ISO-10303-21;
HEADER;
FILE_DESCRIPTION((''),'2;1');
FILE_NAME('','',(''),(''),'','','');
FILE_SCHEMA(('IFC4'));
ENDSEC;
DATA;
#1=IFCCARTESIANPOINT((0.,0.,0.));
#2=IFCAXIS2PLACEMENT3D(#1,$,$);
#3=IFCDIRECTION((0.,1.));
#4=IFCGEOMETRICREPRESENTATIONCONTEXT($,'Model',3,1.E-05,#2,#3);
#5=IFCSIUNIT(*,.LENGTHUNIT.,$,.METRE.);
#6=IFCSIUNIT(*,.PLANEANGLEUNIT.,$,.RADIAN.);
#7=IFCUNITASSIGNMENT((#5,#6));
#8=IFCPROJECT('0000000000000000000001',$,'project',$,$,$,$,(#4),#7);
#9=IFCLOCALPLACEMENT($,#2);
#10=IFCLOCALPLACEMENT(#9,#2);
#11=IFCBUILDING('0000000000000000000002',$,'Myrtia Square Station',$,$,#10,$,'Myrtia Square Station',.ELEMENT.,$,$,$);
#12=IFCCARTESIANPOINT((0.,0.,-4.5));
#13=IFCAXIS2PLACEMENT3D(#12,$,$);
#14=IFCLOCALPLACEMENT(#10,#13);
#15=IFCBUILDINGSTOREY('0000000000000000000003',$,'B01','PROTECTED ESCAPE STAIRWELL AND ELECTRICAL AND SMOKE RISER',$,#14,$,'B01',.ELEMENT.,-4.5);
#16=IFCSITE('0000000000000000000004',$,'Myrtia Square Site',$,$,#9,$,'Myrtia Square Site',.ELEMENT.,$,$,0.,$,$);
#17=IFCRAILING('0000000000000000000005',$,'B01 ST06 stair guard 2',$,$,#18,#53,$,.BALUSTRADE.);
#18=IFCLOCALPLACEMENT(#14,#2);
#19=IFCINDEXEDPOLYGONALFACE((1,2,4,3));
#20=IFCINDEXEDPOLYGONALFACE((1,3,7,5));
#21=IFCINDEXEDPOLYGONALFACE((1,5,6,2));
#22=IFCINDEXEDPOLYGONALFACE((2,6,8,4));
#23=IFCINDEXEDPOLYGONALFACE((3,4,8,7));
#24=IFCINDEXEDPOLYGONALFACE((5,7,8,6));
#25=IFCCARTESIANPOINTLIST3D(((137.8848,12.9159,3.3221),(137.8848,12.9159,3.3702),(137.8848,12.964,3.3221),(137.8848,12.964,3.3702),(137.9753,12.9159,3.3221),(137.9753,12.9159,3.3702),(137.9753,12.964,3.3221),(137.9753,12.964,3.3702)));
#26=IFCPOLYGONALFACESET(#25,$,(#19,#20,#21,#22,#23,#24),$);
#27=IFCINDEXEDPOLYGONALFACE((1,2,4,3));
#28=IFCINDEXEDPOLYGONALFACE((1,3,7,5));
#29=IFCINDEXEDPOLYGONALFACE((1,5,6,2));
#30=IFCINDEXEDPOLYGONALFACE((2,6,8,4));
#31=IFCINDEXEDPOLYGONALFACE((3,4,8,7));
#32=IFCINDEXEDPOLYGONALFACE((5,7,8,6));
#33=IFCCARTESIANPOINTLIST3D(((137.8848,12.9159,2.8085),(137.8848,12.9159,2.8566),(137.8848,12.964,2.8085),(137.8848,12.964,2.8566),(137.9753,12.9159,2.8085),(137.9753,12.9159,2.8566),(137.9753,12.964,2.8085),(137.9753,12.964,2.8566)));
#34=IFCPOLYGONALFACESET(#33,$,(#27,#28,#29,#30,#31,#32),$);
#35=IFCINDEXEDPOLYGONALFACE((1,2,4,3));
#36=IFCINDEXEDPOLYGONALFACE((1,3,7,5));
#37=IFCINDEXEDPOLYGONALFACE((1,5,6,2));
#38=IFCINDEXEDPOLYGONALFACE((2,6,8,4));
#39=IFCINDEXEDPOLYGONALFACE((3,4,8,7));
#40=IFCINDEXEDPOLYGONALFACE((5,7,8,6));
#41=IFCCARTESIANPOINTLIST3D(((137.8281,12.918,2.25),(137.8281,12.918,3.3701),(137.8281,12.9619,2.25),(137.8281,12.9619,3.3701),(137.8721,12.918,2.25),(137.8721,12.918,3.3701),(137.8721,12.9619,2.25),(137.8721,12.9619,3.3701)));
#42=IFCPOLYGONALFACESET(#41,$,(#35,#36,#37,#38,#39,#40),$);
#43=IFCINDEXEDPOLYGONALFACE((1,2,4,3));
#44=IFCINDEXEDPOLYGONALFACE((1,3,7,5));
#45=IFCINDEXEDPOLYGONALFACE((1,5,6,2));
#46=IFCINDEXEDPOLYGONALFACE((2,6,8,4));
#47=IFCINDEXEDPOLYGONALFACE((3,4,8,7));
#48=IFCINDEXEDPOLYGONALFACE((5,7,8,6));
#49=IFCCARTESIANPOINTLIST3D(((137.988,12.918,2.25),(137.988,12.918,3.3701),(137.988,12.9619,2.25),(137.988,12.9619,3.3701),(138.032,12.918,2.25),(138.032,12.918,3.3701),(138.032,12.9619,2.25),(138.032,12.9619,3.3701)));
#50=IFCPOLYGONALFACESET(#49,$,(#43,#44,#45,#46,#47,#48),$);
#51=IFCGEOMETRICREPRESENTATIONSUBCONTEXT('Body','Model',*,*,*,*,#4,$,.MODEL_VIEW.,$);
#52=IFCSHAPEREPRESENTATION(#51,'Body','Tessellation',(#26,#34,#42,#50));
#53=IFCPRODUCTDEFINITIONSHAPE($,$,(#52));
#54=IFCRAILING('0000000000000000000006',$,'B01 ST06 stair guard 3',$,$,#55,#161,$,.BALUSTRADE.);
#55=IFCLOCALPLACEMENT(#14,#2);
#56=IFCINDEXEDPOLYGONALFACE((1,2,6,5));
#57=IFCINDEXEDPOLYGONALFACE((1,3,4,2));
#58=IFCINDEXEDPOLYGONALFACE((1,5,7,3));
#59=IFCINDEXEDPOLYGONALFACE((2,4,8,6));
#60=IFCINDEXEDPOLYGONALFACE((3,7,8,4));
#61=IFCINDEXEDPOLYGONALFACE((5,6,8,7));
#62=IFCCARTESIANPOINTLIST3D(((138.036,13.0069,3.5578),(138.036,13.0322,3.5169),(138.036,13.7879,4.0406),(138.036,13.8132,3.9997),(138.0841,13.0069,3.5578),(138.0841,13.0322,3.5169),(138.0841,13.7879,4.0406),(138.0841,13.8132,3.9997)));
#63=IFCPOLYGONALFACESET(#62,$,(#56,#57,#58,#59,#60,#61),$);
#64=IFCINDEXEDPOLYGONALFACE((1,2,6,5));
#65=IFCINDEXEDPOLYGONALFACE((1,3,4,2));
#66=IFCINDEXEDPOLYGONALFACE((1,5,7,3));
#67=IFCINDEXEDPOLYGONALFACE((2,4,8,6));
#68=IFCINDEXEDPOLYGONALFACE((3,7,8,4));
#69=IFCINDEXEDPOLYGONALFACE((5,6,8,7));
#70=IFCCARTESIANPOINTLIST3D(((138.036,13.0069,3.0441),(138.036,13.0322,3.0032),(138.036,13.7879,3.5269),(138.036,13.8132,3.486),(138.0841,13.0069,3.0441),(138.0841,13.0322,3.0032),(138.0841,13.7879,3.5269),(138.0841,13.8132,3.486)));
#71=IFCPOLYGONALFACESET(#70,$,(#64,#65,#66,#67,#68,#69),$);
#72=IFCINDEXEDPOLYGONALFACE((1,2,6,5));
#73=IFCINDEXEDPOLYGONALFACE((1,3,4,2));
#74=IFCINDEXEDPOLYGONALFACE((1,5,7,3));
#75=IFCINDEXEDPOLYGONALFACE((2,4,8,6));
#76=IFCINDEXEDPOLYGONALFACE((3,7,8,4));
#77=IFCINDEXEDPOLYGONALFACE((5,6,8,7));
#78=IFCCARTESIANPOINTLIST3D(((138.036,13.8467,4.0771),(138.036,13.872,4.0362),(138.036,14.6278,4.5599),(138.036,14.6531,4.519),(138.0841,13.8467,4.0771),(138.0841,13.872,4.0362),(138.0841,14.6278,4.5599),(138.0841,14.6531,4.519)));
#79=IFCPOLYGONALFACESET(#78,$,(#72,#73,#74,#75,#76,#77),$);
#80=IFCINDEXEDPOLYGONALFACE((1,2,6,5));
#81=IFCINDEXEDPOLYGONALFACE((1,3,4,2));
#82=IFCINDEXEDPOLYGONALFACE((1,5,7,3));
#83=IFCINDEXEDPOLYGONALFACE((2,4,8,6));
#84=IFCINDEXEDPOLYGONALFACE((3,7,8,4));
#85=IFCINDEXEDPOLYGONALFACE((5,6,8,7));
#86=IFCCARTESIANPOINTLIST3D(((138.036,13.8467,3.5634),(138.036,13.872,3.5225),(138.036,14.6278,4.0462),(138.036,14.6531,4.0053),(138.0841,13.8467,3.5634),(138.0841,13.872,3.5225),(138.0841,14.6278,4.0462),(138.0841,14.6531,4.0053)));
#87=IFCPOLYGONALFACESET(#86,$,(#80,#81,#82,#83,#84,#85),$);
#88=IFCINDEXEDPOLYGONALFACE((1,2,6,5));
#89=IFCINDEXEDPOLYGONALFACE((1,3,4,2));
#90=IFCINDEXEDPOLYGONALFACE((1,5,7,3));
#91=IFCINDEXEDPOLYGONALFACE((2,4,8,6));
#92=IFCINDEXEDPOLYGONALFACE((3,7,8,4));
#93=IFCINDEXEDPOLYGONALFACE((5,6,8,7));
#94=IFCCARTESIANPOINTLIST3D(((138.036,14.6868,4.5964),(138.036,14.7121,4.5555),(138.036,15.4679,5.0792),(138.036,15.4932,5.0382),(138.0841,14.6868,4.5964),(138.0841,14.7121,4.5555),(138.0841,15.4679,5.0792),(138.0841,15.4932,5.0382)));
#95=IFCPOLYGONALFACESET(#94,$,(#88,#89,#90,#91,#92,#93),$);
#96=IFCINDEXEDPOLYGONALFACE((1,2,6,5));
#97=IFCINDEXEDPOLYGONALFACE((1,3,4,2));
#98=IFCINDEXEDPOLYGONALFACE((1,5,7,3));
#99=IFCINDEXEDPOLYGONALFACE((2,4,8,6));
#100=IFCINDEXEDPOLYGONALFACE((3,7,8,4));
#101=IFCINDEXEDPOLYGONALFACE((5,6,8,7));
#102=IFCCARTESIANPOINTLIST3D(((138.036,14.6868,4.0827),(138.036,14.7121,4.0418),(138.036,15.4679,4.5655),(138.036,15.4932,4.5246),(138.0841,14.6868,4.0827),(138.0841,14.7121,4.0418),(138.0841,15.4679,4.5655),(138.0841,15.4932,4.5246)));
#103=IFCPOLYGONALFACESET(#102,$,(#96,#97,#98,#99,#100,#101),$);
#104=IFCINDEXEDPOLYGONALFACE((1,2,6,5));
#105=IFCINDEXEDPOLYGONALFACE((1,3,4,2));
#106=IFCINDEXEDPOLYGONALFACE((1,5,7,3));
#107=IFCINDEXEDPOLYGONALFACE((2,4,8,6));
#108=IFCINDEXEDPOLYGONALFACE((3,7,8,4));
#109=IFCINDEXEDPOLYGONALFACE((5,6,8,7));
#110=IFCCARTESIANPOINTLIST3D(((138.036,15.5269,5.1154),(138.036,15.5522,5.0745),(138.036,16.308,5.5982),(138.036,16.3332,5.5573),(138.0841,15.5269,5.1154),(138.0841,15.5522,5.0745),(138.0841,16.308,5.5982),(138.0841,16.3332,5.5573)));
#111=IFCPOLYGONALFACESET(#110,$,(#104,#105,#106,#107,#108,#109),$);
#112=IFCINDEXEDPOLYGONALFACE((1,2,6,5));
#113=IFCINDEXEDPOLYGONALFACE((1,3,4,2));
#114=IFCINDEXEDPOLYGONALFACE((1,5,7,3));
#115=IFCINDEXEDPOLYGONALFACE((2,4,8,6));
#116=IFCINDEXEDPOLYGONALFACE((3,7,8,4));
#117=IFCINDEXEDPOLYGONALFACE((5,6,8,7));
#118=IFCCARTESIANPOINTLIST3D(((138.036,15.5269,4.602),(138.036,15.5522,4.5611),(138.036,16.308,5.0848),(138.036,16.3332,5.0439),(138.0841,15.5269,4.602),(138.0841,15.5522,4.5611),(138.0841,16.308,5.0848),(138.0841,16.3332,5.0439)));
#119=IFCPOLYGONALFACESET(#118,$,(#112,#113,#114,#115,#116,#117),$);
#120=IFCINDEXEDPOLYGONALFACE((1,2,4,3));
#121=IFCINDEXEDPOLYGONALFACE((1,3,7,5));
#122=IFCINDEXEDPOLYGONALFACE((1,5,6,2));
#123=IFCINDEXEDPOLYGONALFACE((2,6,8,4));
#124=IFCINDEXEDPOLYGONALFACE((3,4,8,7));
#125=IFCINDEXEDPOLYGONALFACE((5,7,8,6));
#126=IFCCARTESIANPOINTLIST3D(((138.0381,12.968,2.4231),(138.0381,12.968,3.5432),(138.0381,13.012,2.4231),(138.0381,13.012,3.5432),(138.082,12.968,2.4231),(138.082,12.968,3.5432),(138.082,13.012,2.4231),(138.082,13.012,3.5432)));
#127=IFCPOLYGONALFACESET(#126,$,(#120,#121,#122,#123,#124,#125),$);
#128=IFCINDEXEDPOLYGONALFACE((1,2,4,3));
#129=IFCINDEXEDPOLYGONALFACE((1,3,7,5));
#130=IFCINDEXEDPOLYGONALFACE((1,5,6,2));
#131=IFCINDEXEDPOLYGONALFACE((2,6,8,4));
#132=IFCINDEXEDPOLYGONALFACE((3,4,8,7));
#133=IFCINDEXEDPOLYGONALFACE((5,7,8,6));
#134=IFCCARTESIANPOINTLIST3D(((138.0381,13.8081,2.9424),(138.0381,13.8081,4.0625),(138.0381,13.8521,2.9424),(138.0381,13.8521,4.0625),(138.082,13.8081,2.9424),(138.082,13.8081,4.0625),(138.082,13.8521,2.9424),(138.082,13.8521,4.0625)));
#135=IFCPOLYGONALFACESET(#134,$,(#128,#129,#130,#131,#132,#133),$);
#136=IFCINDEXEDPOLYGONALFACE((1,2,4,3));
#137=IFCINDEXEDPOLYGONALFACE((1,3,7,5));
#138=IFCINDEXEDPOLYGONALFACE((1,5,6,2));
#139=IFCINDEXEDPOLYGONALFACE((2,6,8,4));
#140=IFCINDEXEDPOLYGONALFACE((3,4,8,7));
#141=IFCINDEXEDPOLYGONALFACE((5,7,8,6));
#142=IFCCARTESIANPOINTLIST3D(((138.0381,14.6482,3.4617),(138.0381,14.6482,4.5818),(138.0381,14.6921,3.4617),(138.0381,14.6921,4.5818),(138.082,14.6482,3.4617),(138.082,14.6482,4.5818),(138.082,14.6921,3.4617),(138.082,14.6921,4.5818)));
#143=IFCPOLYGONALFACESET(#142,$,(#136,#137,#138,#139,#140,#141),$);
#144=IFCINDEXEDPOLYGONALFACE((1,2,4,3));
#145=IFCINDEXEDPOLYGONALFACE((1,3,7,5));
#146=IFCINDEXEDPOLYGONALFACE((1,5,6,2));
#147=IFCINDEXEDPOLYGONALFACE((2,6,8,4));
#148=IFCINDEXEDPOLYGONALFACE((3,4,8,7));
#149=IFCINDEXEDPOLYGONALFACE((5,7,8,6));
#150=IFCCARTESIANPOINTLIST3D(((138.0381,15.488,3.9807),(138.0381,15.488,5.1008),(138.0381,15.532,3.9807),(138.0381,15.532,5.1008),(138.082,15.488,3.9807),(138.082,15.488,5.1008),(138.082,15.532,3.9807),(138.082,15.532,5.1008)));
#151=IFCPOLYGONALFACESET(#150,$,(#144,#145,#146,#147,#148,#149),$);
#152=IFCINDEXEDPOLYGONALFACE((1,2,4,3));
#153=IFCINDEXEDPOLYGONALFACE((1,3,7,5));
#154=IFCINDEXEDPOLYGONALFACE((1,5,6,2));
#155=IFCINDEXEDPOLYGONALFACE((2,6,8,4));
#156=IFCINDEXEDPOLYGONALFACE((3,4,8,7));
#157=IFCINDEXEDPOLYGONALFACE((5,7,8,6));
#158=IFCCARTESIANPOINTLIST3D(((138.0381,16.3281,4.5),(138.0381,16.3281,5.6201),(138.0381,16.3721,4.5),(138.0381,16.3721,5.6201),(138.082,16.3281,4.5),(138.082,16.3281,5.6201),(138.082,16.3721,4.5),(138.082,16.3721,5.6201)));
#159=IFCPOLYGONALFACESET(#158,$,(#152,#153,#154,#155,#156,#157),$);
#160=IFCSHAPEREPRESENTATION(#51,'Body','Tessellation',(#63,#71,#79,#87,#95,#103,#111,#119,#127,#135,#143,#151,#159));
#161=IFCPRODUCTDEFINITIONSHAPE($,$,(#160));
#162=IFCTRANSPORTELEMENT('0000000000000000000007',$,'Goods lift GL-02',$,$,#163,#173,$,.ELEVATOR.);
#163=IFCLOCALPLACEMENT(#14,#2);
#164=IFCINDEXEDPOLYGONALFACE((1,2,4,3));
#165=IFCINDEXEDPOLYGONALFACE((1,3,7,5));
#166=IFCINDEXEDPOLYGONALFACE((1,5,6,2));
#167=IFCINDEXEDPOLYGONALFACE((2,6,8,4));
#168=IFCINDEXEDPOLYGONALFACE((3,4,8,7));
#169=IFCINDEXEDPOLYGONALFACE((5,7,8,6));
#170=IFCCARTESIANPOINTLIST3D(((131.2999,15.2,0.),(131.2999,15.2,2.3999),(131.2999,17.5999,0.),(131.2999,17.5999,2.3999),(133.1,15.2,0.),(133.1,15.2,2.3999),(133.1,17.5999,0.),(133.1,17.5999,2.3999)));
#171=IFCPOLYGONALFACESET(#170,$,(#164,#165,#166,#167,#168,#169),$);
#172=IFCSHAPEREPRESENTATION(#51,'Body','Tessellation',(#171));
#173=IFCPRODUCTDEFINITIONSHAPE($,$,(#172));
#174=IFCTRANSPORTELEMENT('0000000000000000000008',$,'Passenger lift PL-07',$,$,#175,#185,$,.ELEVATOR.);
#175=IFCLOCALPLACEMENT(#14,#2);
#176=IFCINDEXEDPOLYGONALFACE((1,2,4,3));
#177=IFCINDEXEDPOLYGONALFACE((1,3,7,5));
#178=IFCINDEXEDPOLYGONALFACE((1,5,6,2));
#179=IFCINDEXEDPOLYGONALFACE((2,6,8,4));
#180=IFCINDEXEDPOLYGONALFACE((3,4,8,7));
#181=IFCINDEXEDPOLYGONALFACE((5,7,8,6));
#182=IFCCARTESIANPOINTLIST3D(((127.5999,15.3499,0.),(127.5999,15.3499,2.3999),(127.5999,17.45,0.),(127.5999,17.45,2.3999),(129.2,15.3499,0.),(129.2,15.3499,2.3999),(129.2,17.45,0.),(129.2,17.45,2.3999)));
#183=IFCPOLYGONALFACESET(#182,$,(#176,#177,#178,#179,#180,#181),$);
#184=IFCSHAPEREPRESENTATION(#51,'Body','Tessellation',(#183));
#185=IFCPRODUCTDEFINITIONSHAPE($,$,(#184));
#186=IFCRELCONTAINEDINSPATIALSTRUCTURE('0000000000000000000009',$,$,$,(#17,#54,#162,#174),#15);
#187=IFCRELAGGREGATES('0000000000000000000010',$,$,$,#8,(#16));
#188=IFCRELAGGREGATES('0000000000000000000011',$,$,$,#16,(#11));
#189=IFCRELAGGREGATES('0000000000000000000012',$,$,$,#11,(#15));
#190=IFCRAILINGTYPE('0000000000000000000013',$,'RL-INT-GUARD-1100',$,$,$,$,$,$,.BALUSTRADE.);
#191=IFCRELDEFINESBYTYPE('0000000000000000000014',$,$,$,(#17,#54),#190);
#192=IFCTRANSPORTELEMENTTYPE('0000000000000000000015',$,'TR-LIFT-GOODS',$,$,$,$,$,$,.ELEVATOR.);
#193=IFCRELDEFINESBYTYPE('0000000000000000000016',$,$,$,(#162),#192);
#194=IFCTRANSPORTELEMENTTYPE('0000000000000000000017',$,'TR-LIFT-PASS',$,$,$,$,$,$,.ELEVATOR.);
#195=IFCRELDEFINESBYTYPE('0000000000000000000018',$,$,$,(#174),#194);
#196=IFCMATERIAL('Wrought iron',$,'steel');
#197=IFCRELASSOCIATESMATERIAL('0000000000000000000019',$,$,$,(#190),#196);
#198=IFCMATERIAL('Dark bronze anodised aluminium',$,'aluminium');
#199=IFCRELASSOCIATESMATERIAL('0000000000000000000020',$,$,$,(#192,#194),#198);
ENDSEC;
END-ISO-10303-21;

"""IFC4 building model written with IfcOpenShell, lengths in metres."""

from ifc_helpers import new_model, si_unit, direction, frame, origin, origin_2d, place, context, subcontext, project, spatial, rectangle, extrude, material, type_object, element, save


model = new_model("IFC4")

# Units and contexts
model_context = context("Model", 3, precision=1e-05, world=origin(), true_north=direction((0.0, 1.0)))
body_context = subcontext(model_context, "Body", "Model", "MODEL_VIEW")
ifc_project = project(units=[si_unit("LENGTHUNIT", "METRE"), si_unit("PLANEANGLEUNIT", "RADIAN")], contexts=[model_context])

# Site, building, storey
site_placement = place(None, origin())
site = spatial("IfcSite", under=ifc_project, at=site_placement, Name="Myrtia Square Site", LongName="Myrtia Square Site", CompositionType="ELEMENT", RefElevation=0.0)
building_placement = place(site_placement, origin())
building = spatial("IfcBuilding", under=site, at=building_placement, Name="Myrtia Square Station", LongName="Myrtia Square Station", CompositionType="ELEMENT")
storey_placement = place(building_placement, frame((0.0, 0.0, -4.5)))
storey = spatial("IfcBuildingStorey", under=building, at=storey_placement, Name="B01", Description="PROTECTED ESCAPE STAIRWELL AND ELECTRICAL AND SMOKE RISER", LongName="B01", CompositionType="ELEMENT", Elevation=-4.5)

# Railings
ifc_material_1 = material(Name="Dark bronze anodised aluminium", Category="aluminium")
ifc_material_2 = material(Name="Wrought iron", Category="steel")
railing_type_1 = type_object("IfcRailingType", Name="RL-INT-GUARD-1100", PredefinedType="BALUSTRADE", material=ifc_material_2)
railing_1_placement = place(storey_placement, frame((137.8501, 12.9399, 2.25)))
element("IfcRailing", 1, at=railing_1_placement, inside=storey, type_object=railing_type_1, Name="B01 ST06 stair guard 2", PredefinedType="BALUSTRADE", context=body_context, shape_type="SweptSolid", body=[
    extrude(rectangle(XDim=0.0481, YDim=0.0481, at=origin_2d()), frame((0.0347, 0.0, 1.0962), z_axis=(1.0, 0.0, 0.0), x_axis=(0.0, 1.0, 0.0)), (0.0, 0.0, 1.0), 0.0906),
    extrude(rectangle(XDim=0.0481, YDim=0.0481, at=origin_2d()), frame((0.0347, 0.0, 0.5825), z_axis=(1.0, 0.0, 0.0), x_axis=(0.0, 1.0, 0.0)), (0.0, 0.0, 1.0), 0.0906),
    extrude(rectangle(XDim=0.0439, YDim=0.0439, at=origin_2d()), origin(), (0.0, 0.0, 1.0), 1.1201),
    extrude(rectangle(XDim=0.0439, YDim=0.0439, at=origin_2d()), frame((0.1599, 0.0, 0.0)), (0.0, 0.0, 1.0), 1.1201),
])
railing_2_placement = place(storey_placement, frame((138.0601, 12.99, 2.4231)))
element("IfcRailing", 2, at=railing_2_placement, inside=storey, type_object=railing_type_1, Name="B01 ST06 stair guard 3", PredefinedType="BALUSTRADE", context=body_context, shape_type="SweptSolid", body=[
    extrude(rectangle(XDim=0.0481, YDim=0.0481, at=origin_2d()), frame((0.0, 0.0295, 1.1143), z_axis=(0.0, 0.850623, 0.525776), x_axis=(-1.0, 0.0, 0.0)), (0.0, 0.0, 1.0), 0.9182),
    extrude(rectangle(XDim=0.0481, YDim=0.0481, at=origin_2d()), frame((0.0, 0.0295, 0.6006), z_axis=(0.0, 0.850623, 0.525776), x_axis=(-1.0, 0.0, 0.0)), (0.0, 0.0, 1.0), 0.9182),
    extrude(rectangle(XDim=0.0481, YDim=0.0481, at=origin_2d()), frame((0.0, 0.8694, 1.6335), z_axis=(0.0, 0.850623, 0.525776), x_axis=(-1.0, 0.0, 0.0)), (0.0, 0.0, 1.0), 0.9182),
    extrude(rectangle(XDim=0.0481, YDim=0.0481, at=origin_2d()), frame((0.0, 0.8694, 1.1199), z_axis=(0.0, 0.850623, 0.525776), x_axis=(-1.0, 0.0, 0.0)), (0.0, 0.0, 1.0), 0.9182),
    extrude(rectangle(XDim=0.0481, YDim=0.0481, at=origin_2d()), frame((0.0, 1.7095, 2.1528), z_axis=(0.0, 0.850623, 0.525776), x_axis=(-1.0, 0.0, 0.0)), (0.0, 0.0, 1.0), 0.9182),
    extrude(rectangle(XDim=0.0481, YDim=0.0481, at=origin_2d()), frame((0.0, 1.7095, 1.6392), z_axis=(0.0, 0.850623, 0.525776), x_axis=(-1.0, 0.0, 0.0)), (0.0, 0.0, 1.0), 0.9182),
    extrude(rectangle(XDim=0.0481, YDim=0.0481, at=origin_2d()), frame((0.0, 2.5496, 2.6719), z_axis=(0.0, 0.850623, 0.525776), x_axis=(-1.0, 0.0, 0.0)), (0.0, 0.0, 1.0), 0.9182),
    extrude(rectangle(XDim=0.0481, YDim=0.0481, at=origin_2d()), frame((0.0, 2.5496, 2.1584), z_axis=(0.0, 0.850623, 0.525776), x_axis=(-1.0, 0.0, 0.0)), (0.0, 0.0, 1.0), 0.9182),
    extrude(rectangle(XDim=0.0439, YDim=0.0439, at=origin_2d()), origin(), (0.0, 0.0, 1.0), 1.1201),
    extrude(rectangle(XDim=0.0439, YDim=0.0439, at=origin_2d()), frame((0.0, 0.8401, 0.5193)), (0.0, 0.0, 1.0), 1.1201),
    extrude(rectangle(XDim=0.0439, YDim=0.0439, at=origin_2d()), frame((0.0, 1.6802, 1.0386)), (0.0, 0.0, 1.0), 1.1201),
    extrude(rectangle(XDim=0.0439, YDim=0.0439, at=origin_2d()), frame((0.0, 2.52, 1.5576)), (0.0, 0.0, 1.0), 1.1201),
    extrude(rectangle(XDim=0.0439, YDim=0.0439, at=origin_2d()), frame((0.0, 3.3601, 2.0769)), (0.0, 0.0, 1.0), 1.1201),
])

# Transport elements
transport_element_type_1 = type_object("IfcTransportElementType", Name="TR-LIFT-GOODS", PredefinedType="ELEVATOR", material=ifc_material_1)
transport_element_1_placement = place(storey_placement, frame((132.2, 16.3999, 0.0), z_axis=(0.0, 0.0, 1.0), x_axis=(1.0, 0.0, 0.0)))
element("IfcTransportElement", 3, at=transport_element_1_placement, inside=storey, type_object=transport_element_type_1, Name="Goods lift GL-02", PredefinedType="ELEVATOR", context=body_context, shape_type="SweptSolid", body=[
    extrude(rectangle(XDim=1.8, YDim=2.3999, at=origin_2d()), origin(), (0.0, 0.0, 1.0), 2.3999),
])
transport_element_type_2 = type_object("IfcTransportElementType", Name="TR-LIFT-PASS", PredefinedType="ELEVATOR", material=ifc_material_1)
transport_element_2_placement = place(storey_placement, frame((128.3999, 16.3999, 0.0), z_axis=(0.0, 0.0, 1.0), x_axis=(1.0, 0.0, 0.0)))
element("IfcTransportElement", 4, at=transport_element_2_placement, inside=storey, type_object=transport_element_type_2, Name="Passenger lift PL-07", PredefinedType="ELEVATOR", context=body_context, shape_type="SweptSolid", body=[
    extrude(rectangle(XDim=1.6001, YDim=2.1001, at=origin_2d()), origin(), (0.0, 0.0, 1.0), 2.3999),
])

save(model, "model.ifc")
